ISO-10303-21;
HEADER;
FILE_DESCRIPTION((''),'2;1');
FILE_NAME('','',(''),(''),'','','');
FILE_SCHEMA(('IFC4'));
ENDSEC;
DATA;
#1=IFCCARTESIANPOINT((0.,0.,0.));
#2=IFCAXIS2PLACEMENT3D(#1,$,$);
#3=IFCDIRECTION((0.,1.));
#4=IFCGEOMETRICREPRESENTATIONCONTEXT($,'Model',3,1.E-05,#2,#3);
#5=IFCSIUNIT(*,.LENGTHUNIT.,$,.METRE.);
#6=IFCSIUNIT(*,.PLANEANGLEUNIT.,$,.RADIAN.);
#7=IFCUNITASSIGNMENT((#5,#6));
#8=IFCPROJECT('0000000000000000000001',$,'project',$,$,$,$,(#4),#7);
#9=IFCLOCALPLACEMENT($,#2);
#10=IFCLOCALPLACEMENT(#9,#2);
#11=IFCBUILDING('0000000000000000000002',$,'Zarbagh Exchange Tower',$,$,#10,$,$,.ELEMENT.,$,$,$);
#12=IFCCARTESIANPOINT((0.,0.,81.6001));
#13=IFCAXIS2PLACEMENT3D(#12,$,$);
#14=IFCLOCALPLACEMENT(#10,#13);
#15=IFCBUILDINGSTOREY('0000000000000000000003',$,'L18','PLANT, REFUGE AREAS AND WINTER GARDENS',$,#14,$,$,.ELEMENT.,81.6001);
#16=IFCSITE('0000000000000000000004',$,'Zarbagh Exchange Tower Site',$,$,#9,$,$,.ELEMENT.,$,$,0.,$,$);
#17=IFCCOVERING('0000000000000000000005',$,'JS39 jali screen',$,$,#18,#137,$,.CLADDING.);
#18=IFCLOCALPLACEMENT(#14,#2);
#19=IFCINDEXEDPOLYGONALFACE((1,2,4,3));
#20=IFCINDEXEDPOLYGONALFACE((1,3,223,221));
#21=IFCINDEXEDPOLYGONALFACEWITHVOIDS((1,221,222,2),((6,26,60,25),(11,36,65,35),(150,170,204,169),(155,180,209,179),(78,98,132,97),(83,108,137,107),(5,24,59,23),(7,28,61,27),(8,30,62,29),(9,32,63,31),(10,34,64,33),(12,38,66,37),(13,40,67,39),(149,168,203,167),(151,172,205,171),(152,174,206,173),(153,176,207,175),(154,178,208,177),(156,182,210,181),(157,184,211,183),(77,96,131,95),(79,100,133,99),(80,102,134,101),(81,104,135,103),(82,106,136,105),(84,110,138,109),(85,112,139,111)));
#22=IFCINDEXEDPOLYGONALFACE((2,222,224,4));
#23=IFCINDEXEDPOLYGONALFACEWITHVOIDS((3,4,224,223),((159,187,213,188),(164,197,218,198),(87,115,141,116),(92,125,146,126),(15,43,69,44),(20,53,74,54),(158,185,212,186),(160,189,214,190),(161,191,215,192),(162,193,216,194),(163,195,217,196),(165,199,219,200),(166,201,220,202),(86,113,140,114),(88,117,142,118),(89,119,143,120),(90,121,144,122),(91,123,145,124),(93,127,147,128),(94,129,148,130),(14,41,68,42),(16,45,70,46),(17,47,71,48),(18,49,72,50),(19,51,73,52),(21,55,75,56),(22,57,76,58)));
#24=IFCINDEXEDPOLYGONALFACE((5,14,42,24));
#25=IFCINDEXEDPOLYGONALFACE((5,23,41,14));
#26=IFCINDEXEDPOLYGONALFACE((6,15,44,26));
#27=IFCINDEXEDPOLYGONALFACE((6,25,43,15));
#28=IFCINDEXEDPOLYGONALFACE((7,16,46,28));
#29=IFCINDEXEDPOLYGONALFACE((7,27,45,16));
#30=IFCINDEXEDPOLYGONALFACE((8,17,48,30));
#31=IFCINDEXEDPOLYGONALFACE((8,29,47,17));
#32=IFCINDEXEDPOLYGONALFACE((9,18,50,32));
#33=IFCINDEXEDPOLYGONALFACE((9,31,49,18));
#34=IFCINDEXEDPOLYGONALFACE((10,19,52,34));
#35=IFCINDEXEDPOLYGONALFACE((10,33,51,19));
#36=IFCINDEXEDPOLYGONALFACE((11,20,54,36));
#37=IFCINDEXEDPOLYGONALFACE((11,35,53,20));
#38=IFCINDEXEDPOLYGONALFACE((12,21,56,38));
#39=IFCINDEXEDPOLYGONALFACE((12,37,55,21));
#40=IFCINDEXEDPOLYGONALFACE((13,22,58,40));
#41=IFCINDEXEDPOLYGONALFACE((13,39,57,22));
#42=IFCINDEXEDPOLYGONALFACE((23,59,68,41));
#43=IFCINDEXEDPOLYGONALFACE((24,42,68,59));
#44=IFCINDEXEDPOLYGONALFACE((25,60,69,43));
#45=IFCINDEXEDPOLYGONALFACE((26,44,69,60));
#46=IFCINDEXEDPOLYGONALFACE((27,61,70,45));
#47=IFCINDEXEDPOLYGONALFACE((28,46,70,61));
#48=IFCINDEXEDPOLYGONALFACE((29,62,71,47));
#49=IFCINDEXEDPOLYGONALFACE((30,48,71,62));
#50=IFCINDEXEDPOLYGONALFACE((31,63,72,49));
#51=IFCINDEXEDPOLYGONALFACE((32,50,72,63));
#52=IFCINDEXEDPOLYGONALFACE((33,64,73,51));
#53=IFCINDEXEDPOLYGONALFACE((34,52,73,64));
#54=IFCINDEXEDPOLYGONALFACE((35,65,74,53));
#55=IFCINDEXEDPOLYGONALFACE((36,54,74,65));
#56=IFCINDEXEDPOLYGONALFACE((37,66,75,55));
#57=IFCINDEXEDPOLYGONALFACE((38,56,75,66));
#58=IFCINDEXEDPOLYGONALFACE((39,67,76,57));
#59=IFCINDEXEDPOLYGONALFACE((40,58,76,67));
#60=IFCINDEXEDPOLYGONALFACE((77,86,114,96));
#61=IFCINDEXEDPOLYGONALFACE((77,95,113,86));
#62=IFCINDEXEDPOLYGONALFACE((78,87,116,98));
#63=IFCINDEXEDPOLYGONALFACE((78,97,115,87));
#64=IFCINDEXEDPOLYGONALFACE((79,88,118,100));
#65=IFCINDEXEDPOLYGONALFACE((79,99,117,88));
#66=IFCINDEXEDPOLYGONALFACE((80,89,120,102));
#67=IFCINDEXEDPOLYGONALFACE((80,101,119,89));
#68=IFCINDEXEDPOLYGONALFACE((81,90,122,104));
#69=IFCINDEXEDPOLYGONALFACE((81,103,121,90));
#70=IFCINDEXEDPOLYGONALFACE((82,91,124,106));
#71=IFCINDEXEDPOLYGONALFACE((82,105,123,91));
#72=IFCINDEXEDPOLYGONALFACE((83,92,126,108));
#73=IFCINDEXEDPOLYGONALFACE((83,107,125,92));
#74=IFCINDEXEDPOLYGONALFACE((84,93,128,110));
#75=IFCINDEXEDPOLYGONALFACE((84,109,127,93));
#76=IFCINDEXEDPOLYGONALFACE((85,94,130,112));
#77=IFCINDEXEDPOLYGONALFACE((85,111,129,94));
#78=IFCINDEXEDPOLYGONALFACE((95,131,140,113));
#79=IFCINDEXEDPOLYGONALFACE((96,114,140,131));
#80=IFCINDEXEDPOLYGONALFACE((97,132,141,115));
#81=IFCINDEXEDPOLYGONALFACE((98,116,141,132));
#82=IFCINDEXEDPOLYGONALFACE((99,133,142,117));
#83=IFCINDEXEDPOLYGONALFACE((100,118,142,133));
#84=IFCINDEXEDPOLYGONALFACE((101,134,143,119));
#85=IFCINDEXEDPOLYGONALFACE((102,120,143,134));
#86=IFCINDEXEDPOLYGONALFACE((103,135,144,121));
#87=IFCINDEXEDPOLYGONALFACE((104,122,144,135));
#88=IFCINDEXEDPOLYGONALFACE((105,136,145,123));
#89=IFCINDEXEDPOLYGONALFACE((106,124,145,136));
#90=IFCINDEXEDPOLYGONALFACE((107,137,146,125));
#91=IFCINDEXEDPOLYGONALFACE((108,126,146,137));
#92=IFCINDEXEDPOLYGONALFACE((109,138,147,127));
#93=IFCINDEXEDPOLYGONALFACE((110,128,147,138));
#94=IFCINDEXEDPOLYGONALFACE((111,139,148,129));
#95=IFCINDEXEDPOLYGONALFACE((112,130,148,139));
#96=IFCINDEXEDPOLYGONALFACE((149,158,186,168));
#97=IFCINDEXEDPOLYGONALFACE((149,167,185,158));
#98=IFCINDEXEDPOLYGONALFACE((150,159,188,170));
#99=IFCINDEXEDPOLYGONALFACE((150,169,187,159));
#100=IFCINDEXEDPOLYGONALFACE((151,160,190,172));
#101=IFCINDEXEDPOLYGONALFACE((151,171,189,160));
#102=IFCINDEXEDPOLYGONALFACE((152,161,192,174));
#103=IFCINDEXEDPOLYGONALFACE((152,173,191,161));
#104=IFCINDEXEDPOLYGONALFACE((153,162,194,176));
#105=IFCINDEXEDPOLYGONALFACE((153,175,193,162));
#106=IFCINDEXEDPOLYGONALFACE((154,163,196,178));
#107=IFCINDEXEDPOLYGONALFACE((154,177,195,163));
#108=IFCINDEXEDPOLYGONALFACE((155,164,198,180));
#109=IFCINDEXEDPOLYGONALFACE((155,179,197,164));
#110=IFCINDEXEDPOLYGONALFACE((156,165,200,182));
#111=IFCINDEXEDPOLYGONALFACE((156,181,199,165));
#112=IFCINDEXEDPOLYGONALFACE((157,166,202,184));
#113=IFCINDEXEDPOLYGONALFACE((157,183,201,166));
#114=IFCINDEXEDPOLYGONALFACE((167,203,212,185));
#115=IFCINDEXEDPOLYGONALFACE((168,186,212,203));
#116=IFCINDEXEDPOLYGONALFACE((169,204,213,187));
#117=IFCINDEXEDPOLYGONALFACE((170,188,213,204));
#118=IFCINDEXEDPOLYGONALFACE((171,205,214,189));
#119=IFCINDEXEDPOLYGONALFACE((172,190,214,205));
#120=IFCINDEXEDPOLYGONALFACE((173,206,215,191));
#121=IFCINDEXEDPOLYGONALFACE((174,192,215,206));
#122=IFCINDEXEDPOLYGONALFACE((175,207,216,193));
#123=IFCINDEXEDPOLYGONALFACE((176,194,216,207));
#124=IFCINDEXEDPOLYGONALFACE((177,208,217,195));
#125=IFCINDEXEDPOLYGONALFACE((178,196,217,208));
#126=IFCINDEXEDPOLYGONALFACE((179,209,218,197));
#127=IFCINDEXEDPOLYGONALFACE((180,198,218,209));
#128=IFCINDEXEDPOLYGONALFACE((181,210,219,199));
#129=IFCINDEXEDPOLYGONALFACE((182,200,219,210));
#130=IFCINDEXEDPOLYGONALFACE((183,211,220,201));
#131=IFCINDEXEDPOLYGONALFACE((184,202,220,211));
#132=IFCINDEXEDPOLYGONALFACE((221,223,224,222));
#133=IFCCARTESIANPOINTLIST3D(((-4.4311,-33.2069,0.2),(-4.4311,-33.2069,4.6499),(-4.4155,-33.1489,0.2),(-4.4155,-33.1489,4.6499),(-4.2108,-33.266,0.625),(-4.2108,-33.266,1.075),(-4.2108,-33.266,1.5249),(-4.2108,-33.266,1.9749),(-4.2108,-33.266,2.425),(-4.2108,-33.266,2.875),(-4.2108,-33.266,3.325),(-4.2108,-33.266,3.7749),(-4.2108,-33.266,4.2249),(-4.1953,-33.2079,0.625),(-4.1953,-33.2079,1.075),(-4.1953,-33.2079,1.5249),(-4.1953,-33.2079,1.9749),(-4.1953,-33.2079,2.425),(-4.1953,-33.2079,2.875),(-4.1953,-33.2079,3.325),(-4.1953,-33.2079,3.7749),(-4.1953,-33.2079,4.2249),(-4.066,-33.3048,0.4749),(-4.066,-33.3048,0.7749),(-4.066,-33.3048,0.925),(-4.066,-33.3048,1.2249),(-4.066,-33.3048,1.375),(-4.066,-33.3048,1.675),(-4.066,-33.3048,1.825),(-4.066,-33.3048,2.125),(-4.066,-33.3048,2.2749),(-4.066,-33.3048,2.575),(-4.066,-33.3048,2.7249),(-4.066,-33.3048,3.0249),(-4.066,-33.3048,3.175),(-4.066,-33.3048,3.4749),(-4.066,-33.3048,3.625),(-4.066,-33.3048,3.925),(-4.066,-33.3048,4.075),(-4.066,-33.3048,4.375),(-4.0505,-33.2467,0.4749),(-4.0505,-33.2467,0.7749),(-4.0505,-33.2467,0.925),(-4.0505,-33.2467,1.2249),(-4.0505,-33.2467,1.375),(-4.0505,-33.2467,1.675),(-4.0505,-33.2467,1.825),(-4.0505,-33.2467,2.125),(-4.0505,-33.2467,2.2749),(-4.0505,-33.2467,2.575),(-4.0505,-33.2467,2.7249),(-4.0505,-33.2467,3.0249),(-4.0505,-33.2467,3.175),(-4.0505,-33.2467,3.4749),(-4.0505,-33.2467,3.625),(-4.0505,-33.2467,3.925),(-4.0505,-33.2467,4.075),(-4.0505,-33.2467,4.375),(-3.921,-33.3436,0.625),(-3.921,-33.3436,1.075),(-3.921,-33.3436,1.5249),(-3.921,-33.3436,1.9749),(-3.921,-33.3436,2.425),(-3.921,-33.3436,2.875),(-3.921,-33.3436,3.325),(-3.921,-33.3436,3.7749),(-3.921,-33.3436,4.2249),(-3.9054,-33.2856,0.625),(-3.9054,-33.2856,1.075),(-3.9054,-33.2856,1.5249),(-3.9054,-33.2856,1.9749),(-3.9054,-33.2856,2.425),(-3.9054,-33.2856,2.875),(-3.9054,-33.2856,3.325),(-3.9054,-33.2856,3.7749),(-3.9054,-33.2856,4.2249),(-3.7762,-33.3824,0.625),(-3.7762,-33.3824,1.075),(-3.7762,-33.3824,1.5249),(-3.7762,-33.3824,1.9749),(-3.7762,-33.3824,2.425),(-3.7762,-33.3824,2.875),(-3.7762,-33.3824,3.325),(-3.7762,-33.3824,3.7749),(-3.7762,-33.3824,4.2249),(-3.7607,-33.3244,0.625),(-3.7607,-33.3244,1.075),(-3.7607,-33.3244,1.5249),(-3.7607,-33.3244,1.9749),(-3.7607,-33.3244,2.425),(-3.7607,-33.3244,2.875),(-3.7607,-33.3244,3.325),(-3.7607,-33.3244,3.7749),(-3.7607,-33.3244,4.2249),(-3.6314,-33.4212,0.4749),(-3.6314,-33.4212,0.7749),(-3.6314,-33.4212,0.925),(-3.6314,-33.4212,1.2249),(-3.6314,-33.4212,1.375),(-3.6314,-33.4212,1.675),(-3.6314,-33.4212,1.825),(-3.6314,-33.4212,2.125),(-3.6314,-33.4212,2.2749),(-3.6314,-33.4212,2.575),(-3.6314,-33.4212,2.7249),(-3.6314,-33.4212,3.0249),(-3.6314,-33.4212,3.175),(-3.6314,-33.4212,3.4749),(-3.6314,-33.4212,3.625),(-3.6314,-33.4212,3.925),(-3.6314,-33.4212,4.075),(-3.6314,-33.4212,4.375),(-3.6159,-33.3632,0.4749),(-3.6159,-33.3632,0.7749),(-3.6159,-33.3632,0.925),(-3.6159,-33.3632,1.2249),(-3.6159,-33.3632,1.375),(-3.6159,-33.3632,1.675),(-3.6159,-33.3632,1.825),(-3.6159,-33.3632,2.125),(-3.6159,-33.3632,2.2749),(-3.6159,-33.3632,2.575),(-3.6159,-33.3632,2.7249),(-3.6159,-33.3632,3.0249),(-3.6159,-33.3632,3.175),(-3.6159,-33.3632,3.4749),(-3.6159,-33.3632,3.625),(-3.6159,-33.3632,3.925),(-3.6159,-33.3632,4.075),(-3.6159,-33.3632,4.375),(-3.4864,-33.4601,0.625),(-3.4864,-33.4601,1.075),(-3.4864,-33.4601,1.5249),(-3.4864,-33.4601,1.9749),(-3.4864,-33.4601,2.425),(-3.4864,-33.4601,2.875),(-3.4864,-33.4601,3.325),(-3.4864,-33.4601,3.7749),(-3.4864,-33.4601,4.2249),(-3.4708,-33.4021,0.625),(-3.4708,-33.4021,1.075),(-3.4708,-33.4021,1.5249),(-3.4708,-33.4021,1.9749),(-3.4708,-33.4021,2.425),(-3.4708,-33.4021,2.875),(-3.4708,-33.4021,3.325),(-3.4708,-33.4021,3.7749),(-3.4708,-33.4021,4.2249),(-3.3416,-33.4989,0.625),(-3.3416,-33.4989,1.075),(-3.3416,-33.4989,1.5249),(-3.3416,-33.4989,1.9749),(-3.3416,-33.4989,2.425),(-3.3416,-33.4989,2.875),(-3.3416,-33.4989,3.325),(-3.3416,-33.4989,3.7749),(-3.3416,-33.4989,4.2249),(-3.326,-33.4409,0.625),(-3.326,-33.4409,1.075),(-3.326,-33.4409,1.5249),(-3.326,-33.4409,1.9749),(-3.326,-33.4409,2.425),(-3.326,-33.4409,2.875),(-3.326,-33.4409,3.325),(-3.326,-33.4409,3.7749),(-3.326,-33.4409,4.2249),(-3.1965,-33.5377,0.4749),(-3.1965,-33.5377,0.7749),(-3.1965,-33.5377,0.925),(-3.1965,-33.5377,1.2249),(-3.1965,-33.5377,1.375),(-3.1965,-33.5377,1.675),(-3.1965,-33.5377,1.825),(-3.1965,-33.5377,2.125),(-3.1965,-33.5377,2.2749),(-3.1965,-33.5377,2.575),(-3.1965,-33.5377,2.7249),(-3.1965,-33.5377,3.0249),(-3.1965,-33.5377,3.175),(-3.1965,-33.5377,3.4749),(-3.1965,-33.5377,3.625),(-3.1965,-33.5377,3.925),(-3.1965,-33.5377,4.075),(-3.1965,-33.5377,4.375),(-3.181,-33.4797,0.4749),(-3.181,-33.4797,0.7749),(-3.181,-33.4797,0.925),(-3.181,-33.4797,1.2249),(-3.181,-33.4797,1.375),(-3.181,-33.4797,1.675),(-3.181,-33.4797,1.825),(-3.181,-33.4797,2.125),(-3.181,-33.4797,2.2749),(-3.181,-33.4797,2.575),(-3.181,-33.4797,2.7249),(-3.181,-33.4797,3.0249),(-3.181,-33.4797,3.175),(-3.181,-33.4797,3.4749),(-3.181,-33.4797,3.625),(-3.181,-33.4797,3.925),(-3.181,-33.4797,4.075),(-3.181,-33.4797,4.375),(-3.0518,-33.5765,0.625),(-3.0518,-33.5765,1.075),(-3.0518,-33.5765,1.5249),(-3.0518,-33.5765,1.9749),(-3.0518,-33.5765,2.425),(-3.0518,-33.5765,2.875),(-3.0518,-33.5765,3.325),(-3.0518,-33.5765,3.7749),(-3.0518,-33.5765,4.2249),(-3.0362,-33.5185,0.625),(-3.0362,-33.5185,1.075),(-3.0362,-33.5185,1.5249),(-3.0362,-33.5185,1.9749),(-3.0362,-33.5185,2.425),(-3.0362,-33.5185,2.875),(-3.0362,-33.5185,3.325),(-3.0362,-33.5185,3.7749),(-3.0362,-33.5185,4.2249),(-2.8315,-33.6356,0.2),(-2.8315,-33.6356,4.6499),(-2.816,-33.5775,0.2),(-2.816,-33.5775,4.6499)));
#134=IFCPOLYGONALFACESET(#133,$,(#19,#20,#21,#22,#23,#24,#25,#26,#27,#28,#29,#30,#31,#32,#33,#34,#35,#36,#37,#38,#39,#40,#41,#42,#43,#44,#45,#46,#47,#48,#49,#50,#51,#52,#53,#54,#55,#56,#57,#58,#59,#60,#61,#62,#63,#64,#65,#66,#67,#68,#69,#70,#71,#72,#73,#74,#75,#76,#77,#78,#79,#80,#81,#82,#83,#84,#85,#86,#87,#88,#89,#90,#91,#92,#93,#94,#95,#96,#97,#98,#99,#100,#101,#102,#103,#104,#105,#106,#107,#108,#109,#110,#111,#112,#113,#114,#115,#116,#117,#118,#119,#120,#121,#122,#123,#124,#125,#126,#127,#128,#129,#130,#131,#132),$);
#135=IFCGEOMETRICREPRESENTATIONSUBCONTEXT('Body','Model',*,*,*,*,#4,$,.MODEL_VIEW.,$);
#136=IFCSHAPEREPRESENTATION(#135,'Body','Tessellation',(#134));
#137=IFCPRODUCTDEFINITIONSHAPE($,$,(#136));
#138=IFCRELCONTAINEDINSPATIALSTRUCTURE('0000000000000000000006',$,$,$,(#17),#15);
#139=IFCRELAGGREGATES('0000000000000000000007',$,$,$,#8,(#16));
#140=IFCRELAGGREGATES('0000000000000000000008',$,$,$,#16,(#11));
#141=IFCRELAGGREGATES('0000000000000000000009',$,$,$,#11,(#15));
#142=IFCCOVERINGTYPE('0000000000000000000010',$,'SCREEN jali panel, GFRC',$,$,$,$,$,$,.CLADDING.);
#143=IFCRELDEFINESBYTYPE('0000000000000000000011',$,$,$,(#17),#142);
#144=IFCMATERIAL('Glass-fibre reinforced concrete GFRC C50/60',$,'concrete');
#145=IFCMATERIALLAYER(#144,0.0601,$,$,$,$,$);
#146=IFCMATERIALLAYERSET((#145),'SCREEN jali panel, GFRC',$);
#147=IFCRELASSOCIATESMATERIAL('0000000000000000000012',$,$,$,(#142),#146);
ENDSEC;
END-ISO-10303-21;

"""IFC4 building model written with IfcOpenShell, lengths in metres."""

from ifc_helpers import new_model, si_unit, direction, frame, origin, place, context, subcontext, project, spatial, polyline, outline, extrude, source, transform, mapped, material, layer, layer_set, type_object, element, save


model = new_model("IFC4")

# Units and contexts
model_context = context("Model", 3, precision=1e-05, world=origin(), true_north=direction((0.0, 1.0)))
body_context = subcontext(model_context, "Body", "Model", "MODEL_VIEW")
ifc_project = project(units=[si_unit("LENGTHUNIT", "METRE"), si_unit("PLANEANGLEUNIT", "RADIAN")], contexts=[model_context])

# Site, building, storey
site_placement = place(None, origin())
site = spatial("IfcSite", under=ifc_project, at=site_placement, Name="Zarbagh Exchange Tower Site", CompositionType="ELEMENT", RefElevation=0.0)
building_placement = place(site_placement, origin())
building = spatial("IfcBuilding", under=site, at=building_placement, Name="Zarbagh Exchange Tower", CompositionType="ELEMENT")
storey_placement = place(building_placement, frame((0.0, 0.0, 81.6001)))
storey = spatial("IfcBuildingStorey", under=building, at=storey_placement, Name="L18", Description="PLANT, REFUGE AREAS AND WINTER GARDENS", CompositionType="ELEMENT", Elevation=81.6001)

# Covering
ifc_material_1 = material(Name="Glass-fibre reinforced concrete GFRC C50/60", Category="concrete")
ifc_layer_1 = layer(ifc_material_1, 0.0601)
ifc_layer_set_1 = layer_set([ifc_layer_1], Name="SCREEN jali panel, GFRC")
covering_type = type_object("IfcCoveringType", Name="SCREEN jali panel, GFRC", PredefinedType="CLADDING", material=ifc_layer_set_1)
shared_shape_1 = source(origin(), body_context, "Body", "SweptSolid", [
    extrude(outline(polyline([(0.0, 0.0), (1.656, 0.0), (1.656, 4.45), (0.0, 4.45), (0.0, 0.0)]), holes=[polyline([(0.228, 0.425), (0.3779, 0.2749), (0.5281, 0.425), (0.3779, 0.575), (0.228, 0.425)]), polyline([(0.228, 0.875), (0.3779, 0.7251), (0.5281, 0.875), (0.3779, 1.0249), (0.228, 0.875)]), polyline([(0.228, 1.325), (0.3779, 1.175), (0.5281, 1.325), (0.3779, 1.4751), (0.228, 1.325)]), polyline([(0.228, 1.7749), (0.3779, 1.625), (0.5281, 1.7749), (0.3779, 1.925), (0.228, 1.7749)]), polyline([(0.228, 2.2251), (0.3779, 2.075), (0.5281, 2.2251), (0.3779, 2.375), (0.228, 2.2251)]), polyline([(0.228, 2.675), (0.3779, 2.5249), (0.5281, 2.675), (0.3779, 2.825), (0.228, 2.675)]), polyline([(0.228, 3.125), (0.3779, 2.9751), (0.5281, 3.125), (0.3779, 3.2749), (0.228, 3.125)]), polyline([(0.228, 3.575), (0.3779, 3.425), (0.5281, 3.575), (0.3779, 3.7251), (0.228, 3.575)]), polyline([(0.228, 4.0249), (0.3779, 3.875), (0.5281, 4.0249), (0.3779, 4.175), (0.228, 4.0249)]), polyline([(0.678, 0.425), (0.8279, 0.2749), (0.978, 0.425), (0.8279, 0.575), (0.678, 0.425)]), polyline([(0.678, 0.875), (0.8279, 0.7251), (0.978, 0.875), (0.8279, 1.0249), (0.678, 0.875)]), polyline([(0.678, 1.325), (0.8279, 1.175), (0.978, 1.325), (0.8279, 1.4751), (0.678, 1.325)]), polyline([(0.678, 1.7749), (0.8279, 1.625), (0.978, 1.7749), (0.8279, 1.925), (0.678, 1.7749)]), polyline([(0.678, 2.2251), (0.8279, 2.075), (0.978, 2.2251), (0.8279, 2.375), (0.678, 2.2251)]), polyline([(0.678, 2.675), (0.8279, 2.5249), (0.978, 2.675), (0.8279, 2.825), (0.678, 2.675)]), polyline([(0.678, 3.125), (0.8279, 2.9751), (0.978, 3.125), (0.8279, 3.2749), (0.678, 3.125)]), polyline([(0.678, 3.575), (0.8279, 3.425), (0.978, 3.575), (0.8279, 3.7251), (0.678, 3.575)]), polyline([(0.678, 4.0249), (0.8279, 3.875), (0.978, 4.0249), (0.8279, 4.175), (0.678, 4.0249)]), polyline([(1.1279, 0.425), (1.2781, 0.2749), (1.428, 0.425), (1.2781, 0.575), (1.1279, 0.425)]), polyline([(1.1279, 0.875), (1.2781, 0.7251), (1.428, 0.875), (1.2781, 1.0249), (1.1279, 0.875)]), polyline([(1.1279, 1.325), (1.2781, 1.175), (1.428, 1.325), (1.2781, 1.4751), (1.1279, 1.325)]), polyline([(1.1279, 1.7749), (1.2781, 1.625), (1.428, 1.7749), (1.2781, 1.925), (1.1279, 1.7749)]), polyline([(1.1279, 2.2251), (1.2781, 2.075), (1.428, 2.2251), (1.2781, 2.375), (1.1279, 2.2251)]), polyline([(1.1279, 2.675), (1.2781, 2.5249), (1.428, 2.675), (1.2781, 2.825), (1.1279, 2.675)]), polyline([(1.1279, 3.125), (1.2781, 2.9751), (1.428, 3.125), (1.2781, 3.2749), (1.1279, 3.125)]), polyline([(1.1279, 3.575), (1.2781, 3.425), (1.428, 3.575), (1.2781, 3.7251), (1.1279, 3.575)]), polyline([(1.1279, 4.0249), (1.2781, 3.875), (1.428, 4.0249), (1.2781, 4.175), (1.1279, 4.0249)])]), origin(), (0.0, 0.0, 1.0), 0.0601),
])
placement = place(storey_placement, origin())
element("IfcCovering", 1, at=placement, inside=storey, type_object=covering_type, Name="JS39 jali screen", PredefinedType="CLADDING", context=body_context, shape_type="MappedRepresentation", body=[
    mapped(shared_shape_1, transform((-4.4155, -33.1489, 0.2), x_axis=(0.965924, -0.258825, 0.0), y_axis=(0.0, 0.0, 1.0), z_axis=(-0.258825, -0.965924, 0.0))),
])

save(model, "model.ifc")
